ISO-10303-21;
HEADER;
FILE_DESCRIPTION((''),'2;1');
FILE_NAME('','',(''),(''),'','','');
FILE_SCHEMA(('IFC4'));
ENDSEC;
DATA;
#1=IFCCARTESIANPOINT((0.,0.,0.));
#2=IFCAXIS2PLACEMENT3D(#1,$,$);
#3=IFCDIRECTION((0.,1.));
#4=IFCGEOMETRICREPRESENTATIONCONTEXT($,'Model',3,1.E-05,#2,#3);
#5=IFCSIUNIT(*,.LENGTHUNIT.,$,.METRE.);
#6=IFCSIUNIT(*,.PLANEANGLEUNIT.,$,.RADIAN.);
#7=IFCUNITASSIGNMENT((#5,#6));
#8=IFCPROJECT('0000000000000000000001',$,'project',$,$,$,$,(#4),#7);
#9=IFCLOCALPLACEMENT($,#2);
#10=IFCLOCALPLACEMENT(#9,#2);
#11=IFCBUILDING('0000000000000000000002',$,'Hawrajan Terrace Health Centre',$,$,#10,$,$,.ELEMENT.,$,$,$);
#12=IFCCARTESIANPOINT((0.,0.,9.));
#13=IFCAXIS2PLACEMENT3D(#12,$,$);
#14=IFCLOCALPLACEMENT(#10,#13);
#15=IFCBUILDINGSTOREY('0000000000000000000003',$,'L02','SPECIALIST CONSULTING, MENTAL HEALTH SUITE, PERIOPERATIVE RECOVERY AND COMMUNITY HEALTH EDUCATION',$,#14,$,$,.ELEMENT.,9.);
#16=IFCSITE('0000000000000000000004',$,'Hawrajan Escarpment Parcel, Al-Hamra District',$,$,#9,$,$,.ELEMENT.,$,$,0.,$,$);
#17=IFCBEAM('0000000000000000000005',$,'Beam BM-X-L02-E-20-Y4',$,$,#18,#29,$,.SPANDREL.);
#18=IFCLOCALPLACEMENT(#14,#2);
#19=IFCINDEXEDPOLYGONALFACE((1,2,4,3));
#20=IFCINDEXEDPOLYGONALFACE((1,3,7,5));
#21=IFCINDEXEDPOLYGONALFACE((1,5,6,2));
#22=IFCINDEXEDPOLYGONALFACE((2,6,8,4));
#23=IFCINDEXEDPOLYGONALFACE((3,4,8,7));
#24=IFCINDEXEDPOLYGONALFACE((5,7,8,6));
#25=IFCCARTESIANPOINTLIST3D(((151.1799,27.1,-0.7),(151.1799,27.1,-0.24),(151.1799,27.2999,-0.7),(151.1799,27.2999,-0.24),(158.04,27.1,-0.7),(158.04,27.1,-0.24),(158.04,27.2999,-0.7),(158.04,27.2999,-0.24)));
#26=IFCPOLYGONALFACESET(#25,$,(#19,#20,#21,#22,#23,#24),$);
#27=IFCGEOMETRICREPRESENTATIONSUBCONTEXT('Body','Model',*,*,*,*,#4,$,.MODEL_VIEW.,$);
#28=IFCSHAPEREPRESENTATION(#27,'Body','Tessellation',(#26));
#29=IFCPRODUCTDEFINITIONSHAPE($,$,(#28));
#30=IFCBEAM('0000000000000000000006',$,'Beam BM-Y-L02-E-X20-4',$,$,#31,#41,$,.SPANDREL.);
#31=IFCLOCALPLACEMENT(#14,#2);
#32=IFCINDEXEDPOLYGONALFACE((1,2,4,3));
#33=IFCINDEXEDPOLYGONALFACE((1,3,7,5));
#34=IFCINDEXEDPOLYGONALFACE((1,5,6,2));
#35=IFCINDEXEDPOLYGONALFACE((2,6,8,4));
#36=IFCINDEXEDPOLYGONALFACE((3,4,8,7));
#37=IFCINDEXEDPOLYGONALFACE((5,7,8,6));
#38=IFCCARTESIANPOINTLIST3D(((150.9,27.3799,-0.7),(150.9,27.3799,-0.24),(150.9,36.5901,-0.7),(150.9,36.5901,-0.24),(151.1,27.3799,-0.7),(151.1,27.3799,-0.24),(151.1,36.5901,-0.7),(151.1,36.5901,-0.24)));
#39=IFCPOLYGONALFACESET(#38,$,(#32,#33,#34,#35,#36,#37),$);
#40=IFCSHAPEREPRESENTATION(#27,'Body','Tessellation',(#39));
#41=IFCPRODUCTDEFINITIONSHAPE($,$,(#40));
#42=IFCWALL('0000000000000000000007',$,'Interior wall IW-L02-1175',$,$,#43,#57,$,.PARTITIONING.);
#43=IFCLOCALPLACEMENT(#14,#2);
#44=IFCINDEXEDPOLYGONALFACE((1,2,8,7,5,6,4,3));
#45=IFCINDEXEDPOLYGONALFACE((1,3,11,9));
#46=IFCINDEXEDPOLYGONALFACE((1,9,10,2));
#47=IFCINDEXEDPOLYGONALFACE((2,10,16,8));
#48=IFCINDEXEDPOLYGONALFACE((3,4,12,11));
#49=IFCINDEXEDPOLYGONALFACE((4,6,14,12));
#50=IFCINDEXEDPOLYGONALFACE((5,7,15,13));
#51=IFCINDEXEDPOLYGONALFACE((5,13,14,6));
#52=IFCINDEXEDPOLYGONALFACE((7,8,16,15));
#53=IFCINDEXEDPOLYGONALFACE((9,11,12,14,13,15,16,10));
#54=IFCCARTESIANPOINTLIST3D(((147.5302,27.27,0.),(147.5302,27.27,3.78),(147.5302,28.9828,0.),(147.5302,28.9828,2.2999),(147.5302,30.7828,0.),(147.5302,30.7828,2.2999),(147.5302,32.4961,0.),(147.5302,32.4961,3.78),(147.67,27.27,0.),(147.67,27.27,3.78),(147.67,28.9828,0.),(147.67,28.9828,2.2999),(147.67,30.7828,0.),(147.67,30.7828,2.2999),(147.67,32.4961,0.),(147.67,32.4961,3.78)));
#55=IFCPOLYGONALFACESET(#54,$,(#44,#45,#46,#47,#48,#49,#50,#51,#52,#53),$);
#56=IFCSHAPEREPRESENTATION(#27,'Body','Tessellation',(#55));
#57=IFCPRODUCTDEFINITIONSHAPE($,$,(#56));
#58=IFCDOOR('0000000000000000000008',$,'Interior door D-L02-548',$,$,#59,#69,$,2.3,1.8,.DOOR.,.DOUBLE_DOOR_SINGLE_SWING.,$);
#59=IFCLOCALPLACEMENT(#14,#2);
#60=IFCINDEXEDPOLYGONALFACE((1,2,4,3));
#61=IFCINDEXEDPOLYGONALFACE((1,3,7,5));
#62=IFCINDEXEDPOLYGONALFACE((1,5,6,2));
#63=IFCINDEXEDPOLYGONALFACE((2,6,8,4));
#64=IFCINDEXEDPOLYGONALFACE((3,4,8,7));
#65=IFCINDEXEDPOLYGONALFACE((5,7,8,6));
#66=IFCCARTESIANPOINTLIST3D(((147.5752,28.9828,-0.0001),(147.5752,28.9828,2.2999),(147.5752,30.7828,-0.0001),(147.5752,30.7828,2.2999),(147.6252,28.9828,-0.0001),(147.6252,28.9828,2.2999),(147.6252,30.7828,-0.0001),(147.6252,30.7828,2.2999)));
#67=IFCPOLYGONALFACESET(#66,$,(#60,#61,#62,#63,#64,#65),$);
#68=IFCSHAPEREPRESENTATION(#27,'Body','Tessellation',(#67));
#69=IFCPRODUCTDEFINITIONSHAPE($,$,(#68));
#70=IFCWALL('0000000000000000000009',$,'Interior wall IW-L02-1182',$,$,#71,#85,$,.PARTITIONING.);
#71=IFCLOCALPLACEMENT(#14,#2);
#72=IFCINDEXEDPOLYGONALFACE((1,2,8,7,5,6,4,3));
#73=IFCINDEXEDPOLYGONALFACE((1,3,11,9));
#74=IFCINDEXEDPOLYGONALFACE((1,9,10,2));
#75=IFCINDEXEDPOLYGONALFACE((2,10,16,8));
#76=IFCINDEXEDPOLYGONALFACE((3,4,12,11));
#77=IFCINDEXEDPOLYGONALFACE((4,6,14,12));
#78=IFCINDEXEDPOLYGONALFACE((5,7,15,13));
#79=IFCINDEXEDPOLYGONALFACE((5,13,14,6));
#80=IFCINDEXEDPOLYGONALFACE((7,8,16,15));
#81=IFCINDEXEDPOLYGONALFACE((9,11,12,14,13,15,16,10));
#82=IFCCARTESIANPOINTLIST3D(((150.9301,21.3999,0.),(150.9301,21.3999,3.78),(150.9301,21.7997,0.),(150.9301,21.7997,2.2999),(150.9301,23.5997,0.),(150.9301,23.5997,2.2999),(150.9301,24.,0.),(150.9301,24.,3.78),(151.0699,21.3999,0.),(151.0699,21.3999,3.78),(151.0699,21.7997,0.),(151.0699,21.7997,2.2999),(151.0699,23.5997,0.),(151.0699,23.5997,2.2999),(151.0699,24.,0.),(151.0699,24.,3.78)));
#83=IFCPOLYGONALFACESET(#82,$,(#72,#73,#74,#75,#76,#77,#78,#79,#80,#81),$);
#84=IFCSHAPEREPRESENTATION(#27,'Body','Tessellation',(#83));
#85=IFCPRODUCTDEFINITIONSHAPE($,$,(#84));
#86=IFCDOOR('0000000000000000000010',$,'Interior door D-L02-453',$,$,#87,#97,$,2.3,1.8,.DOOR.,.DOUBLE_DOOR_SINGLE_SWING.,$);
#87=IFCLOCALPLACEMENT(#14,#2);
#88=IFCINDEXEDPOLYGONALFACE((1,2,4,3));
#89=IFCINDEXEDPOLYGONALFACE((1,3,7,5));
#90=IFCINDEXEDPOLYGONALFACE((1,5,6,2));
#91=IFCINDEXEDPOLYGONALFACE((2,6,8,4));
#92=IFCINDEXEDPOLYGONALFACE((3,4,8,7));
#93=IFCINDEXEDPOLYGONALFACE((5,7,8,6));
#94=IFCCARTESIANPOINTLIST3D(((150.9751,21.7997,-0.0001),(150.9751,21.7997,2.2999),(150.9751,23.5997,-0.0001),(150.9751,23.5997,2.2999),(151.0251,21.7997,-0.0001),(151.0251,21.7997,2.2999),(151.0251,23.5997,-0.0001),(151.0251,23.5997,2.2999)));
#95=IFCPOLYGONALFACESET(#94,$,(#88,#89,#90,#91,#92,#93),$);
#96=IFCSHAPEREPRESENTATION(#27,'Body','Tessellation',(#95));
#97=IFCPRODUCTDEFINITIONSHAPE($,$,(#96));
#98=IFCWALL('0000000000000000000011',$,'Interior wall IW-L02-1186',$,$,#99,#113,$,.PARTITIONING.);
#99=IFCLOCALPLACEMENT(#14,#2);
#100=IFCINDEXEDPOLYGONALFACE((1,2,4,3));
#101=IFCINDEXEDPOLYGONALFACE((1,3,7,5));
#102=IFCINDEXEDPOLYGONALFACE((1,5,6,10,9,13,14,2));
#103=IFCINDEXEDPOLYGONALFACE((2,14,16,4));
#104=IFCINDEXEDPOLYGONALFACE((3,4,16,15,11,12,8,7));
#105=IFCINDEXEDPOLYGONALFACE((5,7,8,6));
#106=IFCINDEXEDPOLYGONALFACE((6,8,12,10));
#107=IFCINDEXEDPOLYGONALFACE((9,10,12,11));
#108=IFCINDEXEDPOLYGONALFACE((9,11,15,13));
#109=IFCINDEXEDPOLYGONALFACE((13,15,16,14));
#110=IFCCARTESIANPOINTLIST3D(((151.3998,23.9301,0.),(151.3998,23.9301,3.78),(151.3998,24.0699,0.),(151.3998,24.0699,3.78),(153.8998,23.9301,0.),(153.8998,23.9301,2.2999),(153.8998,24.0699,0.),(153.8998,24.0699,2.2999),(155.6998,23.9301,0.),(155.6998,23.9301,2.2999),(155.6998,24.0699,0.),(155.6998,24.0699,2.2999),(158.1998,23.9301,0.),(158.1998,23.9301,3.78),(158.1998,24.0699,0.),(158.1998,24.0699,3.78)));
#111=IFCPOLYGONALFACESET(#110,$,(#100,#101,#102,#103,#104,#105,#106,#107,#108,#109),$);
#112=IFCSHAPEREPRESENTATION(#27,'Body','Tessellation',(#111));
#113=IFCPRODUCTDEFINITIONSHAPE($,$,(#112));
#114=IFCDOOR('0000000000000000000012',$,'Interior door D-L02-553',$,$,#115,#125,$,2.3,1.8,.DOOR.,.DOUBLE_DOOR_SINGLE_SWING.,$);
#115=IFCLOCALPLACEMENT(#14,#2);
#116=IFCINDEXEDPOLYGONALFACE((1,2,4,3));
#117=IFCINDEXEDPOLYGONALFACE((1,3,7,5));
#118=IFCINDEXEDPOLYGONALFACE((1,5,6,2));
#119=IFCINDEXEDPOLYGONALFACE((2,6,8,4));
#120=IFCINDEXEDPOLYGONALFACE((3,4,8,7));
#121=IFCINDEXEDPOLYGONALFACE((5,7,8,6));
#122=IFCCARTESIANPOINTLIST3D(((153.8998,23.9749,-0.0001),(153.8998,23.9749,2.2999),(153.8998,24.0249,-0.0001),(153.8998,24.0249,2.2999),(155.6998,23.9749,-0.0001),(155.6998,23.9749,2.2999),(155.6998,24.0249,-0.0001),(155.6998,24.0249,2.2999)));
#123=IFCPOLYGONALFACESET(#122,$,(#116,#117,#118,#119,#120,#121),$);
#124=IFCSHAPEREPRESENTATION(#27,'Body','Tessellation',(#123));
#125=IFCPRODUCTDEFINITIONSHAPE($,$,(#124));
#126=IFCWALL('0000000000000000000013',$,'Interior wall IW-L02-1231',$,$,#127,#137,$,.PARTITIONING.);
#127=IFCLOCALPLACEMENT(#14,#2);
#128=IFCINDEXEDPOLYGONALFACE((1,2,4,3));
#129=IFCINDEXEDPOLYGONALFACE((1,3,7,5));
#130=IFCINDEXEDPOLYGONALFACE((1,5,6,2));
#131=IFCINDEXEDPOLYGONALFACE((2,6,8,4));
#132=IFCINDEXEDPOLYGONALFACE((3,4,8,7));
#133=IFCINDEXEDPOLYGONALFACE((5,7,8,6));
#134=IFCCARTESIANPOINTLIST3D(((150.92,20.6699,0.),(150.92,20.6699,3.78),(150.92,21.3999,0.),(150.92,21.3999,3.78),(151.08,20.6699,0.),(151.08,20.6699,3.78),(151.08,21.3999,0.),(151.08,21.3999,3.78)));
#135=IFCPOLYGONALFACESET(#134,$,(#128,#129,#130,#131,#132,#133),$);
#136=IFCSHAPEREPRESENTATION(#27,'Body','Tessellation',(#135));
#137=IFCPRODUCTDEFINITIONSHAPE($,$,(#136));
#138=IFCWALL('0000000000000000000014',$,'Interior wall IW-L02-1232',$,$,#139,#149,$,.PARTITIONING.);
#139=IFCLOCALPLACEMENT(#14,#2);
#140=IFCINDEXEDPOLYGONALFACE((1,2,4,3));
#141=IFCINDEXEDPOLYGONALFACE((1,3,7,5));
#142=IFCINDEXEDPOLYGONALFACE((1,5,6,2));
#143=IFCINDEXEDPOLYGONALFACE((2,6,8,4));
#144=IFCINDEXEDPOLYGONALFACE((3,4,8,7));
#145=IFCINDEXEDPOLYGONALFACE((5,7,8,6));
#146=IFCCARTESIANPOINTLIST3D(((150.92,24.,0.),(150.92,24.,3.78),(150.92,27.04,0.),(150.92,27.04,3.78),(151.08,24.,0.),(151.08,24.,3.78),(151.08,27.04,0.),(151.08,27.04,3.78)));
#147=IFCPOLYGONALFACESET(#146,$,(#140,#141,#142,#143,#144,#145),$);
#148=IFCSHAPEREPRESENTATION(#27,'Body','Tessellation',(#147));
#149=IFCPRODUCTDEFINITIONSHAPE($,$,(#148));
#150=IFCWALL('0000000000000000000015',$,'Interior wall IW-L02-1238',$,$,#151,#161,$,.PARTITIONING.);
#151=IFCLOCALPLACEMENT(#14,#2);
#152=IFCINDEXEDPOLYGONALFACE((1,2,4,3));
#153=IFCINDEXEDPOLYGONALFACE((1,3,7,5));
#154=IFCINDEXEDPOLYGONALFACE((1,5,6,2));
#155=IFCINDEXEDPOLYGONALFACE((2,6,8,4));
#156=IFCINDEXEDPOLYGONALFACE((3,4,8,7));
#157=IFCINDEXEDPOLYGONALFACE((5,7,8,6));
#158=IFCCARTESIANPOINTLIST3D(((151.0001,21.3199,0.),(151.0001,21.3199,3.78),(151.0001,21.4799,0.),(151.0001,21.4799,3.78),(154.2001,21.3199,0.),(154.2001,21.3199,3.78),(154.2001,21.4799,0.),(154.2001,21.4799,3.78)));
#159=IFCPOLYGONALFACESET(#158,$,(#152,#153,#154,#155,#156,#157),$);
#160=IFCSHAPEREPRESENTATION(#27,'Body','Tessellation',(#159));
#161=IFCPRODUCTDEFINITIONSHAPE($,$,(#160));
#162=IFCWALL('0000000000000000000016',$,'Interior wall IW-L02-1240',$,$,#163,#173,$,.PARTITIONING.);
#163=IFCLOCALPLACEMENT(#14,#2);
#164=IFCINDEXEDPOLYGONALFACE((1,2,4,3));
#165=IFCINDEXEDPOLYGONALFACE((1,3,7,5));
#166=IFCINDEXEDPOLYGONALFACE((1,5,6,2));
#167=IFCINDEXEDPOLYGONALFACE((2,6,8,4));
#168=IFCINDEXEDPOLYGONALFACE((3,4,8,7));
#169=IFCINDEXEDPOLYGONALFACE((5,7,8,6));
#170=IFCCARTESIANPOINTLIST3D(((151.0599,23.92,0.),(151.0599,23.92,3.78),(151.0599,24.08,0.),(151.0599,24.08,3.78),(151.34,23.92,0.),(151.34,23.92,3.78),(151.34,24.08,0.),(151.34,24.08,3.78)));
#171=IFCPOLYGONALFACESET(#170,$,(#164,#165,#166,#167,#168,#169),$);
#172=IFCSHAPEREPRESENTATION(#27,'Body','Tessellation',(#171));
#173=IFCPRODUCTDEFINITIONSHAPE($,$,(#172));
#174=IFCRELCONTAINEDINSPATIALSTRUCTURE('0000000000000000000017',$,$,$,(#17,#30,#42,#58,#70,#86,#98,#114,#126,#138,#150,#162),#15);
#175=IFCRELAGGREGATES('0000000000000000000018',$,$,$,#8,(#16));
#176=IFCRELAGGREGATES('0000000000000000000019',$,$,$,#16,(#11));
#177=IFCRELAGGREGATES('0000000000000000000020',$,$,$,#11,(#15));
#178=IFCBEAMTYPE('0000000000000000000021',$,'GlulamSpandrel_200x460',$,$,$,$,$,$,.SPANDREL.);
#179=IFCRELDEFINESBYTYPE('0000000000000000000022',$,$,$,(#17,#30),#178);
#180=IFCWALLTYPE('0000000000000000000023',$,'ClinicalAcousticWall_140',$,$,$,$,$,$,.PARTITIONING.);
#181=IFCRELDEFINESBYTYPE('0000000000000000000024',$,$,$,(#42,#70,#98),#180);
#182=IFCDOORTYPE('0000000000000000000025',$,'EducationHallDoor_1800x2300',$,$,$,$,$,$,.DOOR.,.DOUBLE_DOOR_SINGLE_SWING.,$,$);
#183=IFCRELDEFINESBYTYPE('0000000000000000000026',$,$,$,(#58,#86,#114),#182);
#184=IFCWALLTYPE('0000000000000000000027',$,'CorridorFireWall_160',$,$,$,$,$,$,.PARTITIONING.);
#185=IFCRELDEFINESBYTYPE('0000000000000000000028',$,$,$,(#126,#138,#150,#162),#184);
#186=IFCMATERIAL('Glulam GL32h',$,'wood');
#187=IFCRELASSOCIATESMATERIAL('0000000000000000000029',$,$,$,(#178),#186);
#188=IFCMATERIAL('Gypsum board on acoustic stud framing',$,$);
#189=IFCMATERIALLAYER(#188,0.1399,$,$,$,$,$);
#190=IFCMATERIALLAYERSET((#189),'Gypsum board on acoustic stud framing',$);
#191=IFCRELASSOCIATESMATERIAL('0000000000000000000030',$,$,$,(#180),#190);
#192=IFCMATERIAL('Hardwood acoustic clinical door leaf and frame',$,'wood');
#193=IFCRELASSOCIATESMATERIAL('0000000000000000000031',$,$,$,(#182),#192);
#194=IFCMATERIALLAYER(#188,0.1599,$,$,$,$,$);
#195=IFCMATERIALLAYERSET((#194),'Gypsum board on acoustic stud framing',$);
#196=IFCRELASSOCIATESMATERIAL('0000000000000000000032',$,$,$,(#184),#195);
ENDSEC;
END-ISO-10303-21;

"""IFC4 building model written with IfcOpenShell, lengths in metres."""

from ifc_helpers import new_model, si_unit, direction, frame, frame_2d, origin, origin_2d, place, context, subcontext, project, spatial, rectangle, extrude, material, layer, layer_set, material_profile, profile_set, type_object, element, fill, save


model = new_model("IFC4")

# Units and contexts
model_context = context("Model", 3, precision=1e-05, world=origin(), true_north=direction((0.0, 1.0)))
body_context = subcontext(model_context, "Body", "Model", "MODEL_VIEW")
ifc_project = project(units=[si_unit("LENGTHUNIT", "METRE"), si_unit("PLANEANGLEUNIT", "RADIAN")], contexts=[model_context])

# Site, building, storey
site_placement = place(None, origin())
site = spatial("IfcSite", under=ifc_project, at=site_placement, Name="Hawrajan Escarpment Parcel, Al-Hamra District", CompositionType="ELEMENT", RefElevation=0.0)
building_placement = place(site_placement, origin())
building = spatial("IfcBuilding", under=site, at=building_placement, Name="Hawrajan Terrace Health Centre", CompositionType="ELEMENT")
storey_placement = place(building_placement, frame((0.0, 0.0, 9.0)))
storey = spatial("IfcBuildingStorey", under=building, at=storey_placement, Name="L02", Description="SPECIALIST CONSULTING, MENTAL HEALTH SUITE, PERIOPERATIVE RECOVERY AND COMMUNITY HEALTH EDUCATION", CompositionType="ELEMENT", Elevation=9.0)

# Shared definitions
ifc_material_1 = material(Name="Glulam GL32h", Category="wood")

# Beams
ifc_material_profile_1 = material_profile(ifc_material_1, rectangle(XDim=0.2, YDim=0.46, at=origin_2d()), Name="GL SP 200x460")
ifc_profile_set_1 = profile_set([ifc_material_profile_1], Name="Glulam GL32h")
beam_type_1 = type_object("IfcBeamType", Name="GlulamSpandrel_200x460", PredefinedType="SPANDREL", material=ifc_profile_set_1)
beam_1_placement = place(storey_placement, frame((151.1799, 27.2, -0.47), z_axis=(1.0, 0.0, 0.0), x_axis=(0.0, 1.0, 0.0)))
element("IfcBeam", 1, at=beam_1_placement, inside=storey, type_object=beam_type_1, Name="Beam BM-X-L02-E-20-Y4", PredefinedType="SPANDREL", context=body_context, shape_type="SweptSolid", body=[
    extrude(rectangle(XDim=0.2, YDim=0.46, at=origin_2d()), origin(), (0.0, 0.0, 1.0), 6.8601),
])
beam_2_placement = place(storey_placement, frame((151.0, 27.3799, -0.47), z_axis=(0.0, 1.0, 0.0), x_axis=(-1.0, 0.0, 0.0)))
element("IfcBeam", 2, at=beam_2_placement, inside=storey, type_object=beam_type_1, Name="Beam BM-Y-L02-E-X20-4", PredefinedType="SPANDREL", context=body_context, shape_type="SweptSolid", body=[
    extrude(rectangle(XDim=0.2, YDim=0.46, at=origin_2d()), origin(), (0.0, 0.0, 1.0), 9.2102),
])

# Walls, openings, doors
ifc_material_2 = material(Name="Gypsum board on acoustic stud framing")
ifc_layer_1 = layer(ifc_material_2, 0.1399)
ifc_layer_set_1 = layer_set([ifc_layer_1], Name="Gypsum board on acoustic stud framing")
wall_type_1 = type_object("IfcWallType", Name="ClinicalAcousticWall_140", PredefinedType="PARTITIONING", material=ifc_layer_set_1)
wall_1_placement = place(storey_placement, frame((147.6001, 27.27, 0.0), z_axis=(0.0, 0.0, 1.0), x_axis=(0.0, 1.0, 0.0)))
wall_1 = element("IfcWall", 3, at=wall_1_placement, inside=storey, type_object=wall_type_1, Name="Interior wall IW-L02-1175", PredefinedType="PARTITIONING", context=body_context, shape_type="SweptSolid", body=[
    extrude(rectangle(XDim=5.2261, YDim=0.1399, at=frame_2d((2.613, 0.0))), origin(), (0.0, 0.0, 1.0), 3.78),
])
opening_1_placement = place(wall_1_placement, frame((1.7129, 0.0, 0.0)))
opening_1 = element("IfcOpeningElement", 4, at=opening_1_placement, cuts=wall_1, PredefinedType="OPENING", context=body_context, shape_type="SweptSolid", body=[
    extrude(rectangle(XDim=1.8, YDim=2.3, at=frame_2d((0.8999, 1.1499))), frame((0.0, 0.0798, 0.0), z_axis=(0.0, -1.0, 0.0), x_axis=(1.0, 0.0, 0.0)), (0.0, 0.0, 1.0), 0.1599),
])
ifc_material_3 = material(Name="Hardwood acoustic clinical door leaf and frame", Category="wood")
door_type = type_object("IfcDoorType", Name="EducationHallDoor_1800x2300", OperationType="DOUBLE_DOOR_SINGLE_SWING", PredefinedType="DOOR", material=ifc_material_3)
door_1_placement = place(opening_1_placement, origin())
door_1 = element("IfcDoor", 5, at=door_1_placement, inside=storey, type_object=door_type, Name="Interior door D-L02-548", OperationType="DOUBLE_DOOR_SINGLE_SWING", OverallHeight=2.3, OverallWidth=1.8, PredefinedType="DOOR", context=body_context, shape_type="SweptSolid", body=[
    extrude(rectangle(XDim=1.8, YDim=2.3, at=frame_2d((0.8999, 1.1499))), frame((0.0, 0.0249, 0.0), z_axis=(0.0, -1.0, 0.0), x_axis=(1.0, 0.0, 0.0)), (0.0, 0.0, 1.0), 0.05),
])
fill(opening_1, door_1)
wall_2_placement = place(storey_placement, frame((151.0, 21.3999, 0.0), z_axis=(0.0, 0.0, 1.0), x_axis=(0.0, 1.0, 0.0)))
wall_2 = element("IfcWall", 6, at=wall_2_placement, inside=storey, type_object=wall_type_1, Name="Interior wall IW-L02-1182", PredefinedType="PARTITIONING", context=body_context, shape_type="SweptSolid", body=[
    extrude(rectangle(XDim=2.6001, YDim=0.1399, at=frame_2d((1.3, 0.0))), origin(), (0.0, 0.0, 1.0), 3.78),
])
opening_2_placement = place(wall_2_placement, frame((0.3999, 0.0, 0.0)))
opening_2 = element("IfcOpeningElement", 7, at=opening_2_placement, cuts=wall_2, PredefinedType="OPENING", context=body_context, shape_type="SweptSolid", body=[
    extrude(rectangle(XDim=1.8, YDim=2.3, at=frame_2d((0.8999, 1.1499))), frame((0.0, 0.0798, 0.0), z_axis=(0.0, -1.0, 0.0), x_axis=(1.0, 0.0, 0.0)), (0.0, 0.0, 1.0), 0.1599),
])
door_2_placement = place(opening_2_placement, origin())
door_2 = element("IfcDoor", 8, at=door_2_placement, inside=storey, type_object=door_type, Name="Interior door D-L02-453", OperationType="DOUBLE_DOOR_SINGLE_SWING", OverallHeight=2.3, OverallWidth=1.8, PredefinedType="DOOR", context=body_context, shape_type="SweptSolid", body=[
    extrude(rectangle(XDim=1.8, YDim=2.3, at=frame_2d((0.8999, 1.1499))), frame((0.0, 0.0249, 0.0), z_axis=(0.0, -1.0, 0.0), x_axis=(1.0, 0.0, 0.0)), (0.0, 0.0, 1.0), 0.05),
])
fill(opening_2, door_2)
wall_3_placement = place(storey_placement, frame((151.3999, 24.0, 0.0), z_axis=(0.0, 0.0, 1.0), x_axis=(1.0, 0.0, 0.0)))
wall_3 = element("IfcWall", 9, at=wall_3_placement, inside=storey, type_object=wall_type_1, Name="Interior wall IW-L02-1186", PredefinedType="PARTITIONING", context=body_context, shape_type="SweptSolid", body=[
    extrude(rectangle(XDim=6.8, YDim=0.1399, at=frame_2d((3.3999, 0.0))), origin(), (0.0, 0.0, 1.0), 3.78),
])
opening_3_placement = place(wall_3_placement, frame((2.5, 0.0, 0.0)))
opening_3 = element("IfcOpeningElement", 10, at=opening_3_placement, cuts=wall_3, PredefinedType="OPENING", context=body_context, shape_type="SweptSolid", body=[
    extrude(rectangle(XDim=1.8, YDim=2.3, at=frame_2d((0.8999, 1.1499))), frame((0.0, 0.0798, 0.0), z_axis=(0.0, -1.0, 0.0), x_axis=(1.0, 0.0, 0.0)), (0.0, 0.0, 1.0), 0.1599),
])
door_3_placement = place(opening_3_placement, origin())
door_3 = element("IfcDoor", 11, at=door_3_placement, inside=storey, type_object=door_type, Name="Interior door D-L02-553", OperationType="DOUBLE_DOOR_SINGLE_SWING", OverallHeight=2.3, OverallWidth=1.8, PredefinedType="DOOR", context=body_context, shape_type="SweptSolid", body=[
    extrude(rectangle(XDim=1.8, YDim=2.3, at=frame_2d((0.8999, 1.1499))), frame((0.0, 0.0249, 0.0), z_axis=(0.0, -1.0, 0.0), x_axis=(1.0, 0.0, 0.0)), (0.0, 0.0, 1.0), 0.05),
])
fill(opening_3, door_3)

# Walls
ifc_layer_2 = layer(ifc_material_2, 0.1599)
ifc_layer_set_2 = layer_set([ifc_layer_2], Name="Gypsum board on acoustic stud framing")
wall_type_2 = type_object("IfcWallType", Name="CorridorFireWall_160", PredefinedType="PARTITIONING", material=ifc_layer_set_2)
wall_4_placement = place(storey_placement, frame((151.0, 20.6699, 0.0), z_axis=(0.0, 0.0, 1.0), x_axis=(0.0, 1.0, 0.0)))
element("IfcWall", 12, at=wall_4_placement, inside=storey, type_object=wall_type_2, Name="Interior wall IW-L02-1231", PredefinedType="PARTITIONING", context=body_context, shape_type="SweptSolid", body=[
    extrude(rectangle(XDim=0.73, YDim=0.1599, at=frame_2d((0.365, 0.0))), origin(), (0.0, 0.0, 1.0), 3.78),
])
wall_5_placement = place(storey_placement, frame((151.0, 24.0, 0.0), z_axis=(0.0, 0.0, 1.0), x_axis=(0.0, 1.0, 0.0)))
element("IfcWall", 13, at=wall_5_placement, inside=storey, type_object=wall_type_2, Name="Interior wall IW-L02-1232", PredefinedType="PARTITIONING", context=body_context, shape_type="SweptSolid", body=[
    extrude(rectangle(XDim=3.04, YDim=0.1599, at=frame_2d((1.52, 0.0))), origin(), (0.0, 0.0, 1.0), 3.78),
])
wall_6_placement = place(storey_placement, frame((151.0, 21.3999, 0.0), z_axis=(0.0, 0.0, 1.0), x_axis=(1.0, 0.0, 0.0)))
element("IfcWall", 14, at=wall_6_placement, inside=storey, type_object=wall_type_2, Name="Interior wall IW-L02-1238", PredefinedType="PARTITIONING", context=body_context, shape_type="SweptSolid", body=[
    extrude(rectangle(XDim=3.2, YDim=0.1599, at=frame_2d((1.6001, 0.0))), origin(), (0.0, 0.0, 1.0), 3.78),
])
wall_7_placement = place(storey_placement, frame((151.3401, 24.0, 0.0), z_axis=(0.0, 0.0, 1.0), x_axis=(-1.0, 0.0, 0.0)))
element("IfcWall", 15, at=wall_7_placement, inside=storey, type_object=wall_type_2, Name="Interior wall IW-L02-1240", PredefinedType="PARTITIONING", context=body_context, shape_type="SweptSolid", body=[
    extrude(rectangle(XDim=0.28, YDim=0.1599, at=frame_2d((0.1401, 0.0))), origin(), (0.0, 0.0, 1.0), 3.78),
])

save(model, "model.ifc")
